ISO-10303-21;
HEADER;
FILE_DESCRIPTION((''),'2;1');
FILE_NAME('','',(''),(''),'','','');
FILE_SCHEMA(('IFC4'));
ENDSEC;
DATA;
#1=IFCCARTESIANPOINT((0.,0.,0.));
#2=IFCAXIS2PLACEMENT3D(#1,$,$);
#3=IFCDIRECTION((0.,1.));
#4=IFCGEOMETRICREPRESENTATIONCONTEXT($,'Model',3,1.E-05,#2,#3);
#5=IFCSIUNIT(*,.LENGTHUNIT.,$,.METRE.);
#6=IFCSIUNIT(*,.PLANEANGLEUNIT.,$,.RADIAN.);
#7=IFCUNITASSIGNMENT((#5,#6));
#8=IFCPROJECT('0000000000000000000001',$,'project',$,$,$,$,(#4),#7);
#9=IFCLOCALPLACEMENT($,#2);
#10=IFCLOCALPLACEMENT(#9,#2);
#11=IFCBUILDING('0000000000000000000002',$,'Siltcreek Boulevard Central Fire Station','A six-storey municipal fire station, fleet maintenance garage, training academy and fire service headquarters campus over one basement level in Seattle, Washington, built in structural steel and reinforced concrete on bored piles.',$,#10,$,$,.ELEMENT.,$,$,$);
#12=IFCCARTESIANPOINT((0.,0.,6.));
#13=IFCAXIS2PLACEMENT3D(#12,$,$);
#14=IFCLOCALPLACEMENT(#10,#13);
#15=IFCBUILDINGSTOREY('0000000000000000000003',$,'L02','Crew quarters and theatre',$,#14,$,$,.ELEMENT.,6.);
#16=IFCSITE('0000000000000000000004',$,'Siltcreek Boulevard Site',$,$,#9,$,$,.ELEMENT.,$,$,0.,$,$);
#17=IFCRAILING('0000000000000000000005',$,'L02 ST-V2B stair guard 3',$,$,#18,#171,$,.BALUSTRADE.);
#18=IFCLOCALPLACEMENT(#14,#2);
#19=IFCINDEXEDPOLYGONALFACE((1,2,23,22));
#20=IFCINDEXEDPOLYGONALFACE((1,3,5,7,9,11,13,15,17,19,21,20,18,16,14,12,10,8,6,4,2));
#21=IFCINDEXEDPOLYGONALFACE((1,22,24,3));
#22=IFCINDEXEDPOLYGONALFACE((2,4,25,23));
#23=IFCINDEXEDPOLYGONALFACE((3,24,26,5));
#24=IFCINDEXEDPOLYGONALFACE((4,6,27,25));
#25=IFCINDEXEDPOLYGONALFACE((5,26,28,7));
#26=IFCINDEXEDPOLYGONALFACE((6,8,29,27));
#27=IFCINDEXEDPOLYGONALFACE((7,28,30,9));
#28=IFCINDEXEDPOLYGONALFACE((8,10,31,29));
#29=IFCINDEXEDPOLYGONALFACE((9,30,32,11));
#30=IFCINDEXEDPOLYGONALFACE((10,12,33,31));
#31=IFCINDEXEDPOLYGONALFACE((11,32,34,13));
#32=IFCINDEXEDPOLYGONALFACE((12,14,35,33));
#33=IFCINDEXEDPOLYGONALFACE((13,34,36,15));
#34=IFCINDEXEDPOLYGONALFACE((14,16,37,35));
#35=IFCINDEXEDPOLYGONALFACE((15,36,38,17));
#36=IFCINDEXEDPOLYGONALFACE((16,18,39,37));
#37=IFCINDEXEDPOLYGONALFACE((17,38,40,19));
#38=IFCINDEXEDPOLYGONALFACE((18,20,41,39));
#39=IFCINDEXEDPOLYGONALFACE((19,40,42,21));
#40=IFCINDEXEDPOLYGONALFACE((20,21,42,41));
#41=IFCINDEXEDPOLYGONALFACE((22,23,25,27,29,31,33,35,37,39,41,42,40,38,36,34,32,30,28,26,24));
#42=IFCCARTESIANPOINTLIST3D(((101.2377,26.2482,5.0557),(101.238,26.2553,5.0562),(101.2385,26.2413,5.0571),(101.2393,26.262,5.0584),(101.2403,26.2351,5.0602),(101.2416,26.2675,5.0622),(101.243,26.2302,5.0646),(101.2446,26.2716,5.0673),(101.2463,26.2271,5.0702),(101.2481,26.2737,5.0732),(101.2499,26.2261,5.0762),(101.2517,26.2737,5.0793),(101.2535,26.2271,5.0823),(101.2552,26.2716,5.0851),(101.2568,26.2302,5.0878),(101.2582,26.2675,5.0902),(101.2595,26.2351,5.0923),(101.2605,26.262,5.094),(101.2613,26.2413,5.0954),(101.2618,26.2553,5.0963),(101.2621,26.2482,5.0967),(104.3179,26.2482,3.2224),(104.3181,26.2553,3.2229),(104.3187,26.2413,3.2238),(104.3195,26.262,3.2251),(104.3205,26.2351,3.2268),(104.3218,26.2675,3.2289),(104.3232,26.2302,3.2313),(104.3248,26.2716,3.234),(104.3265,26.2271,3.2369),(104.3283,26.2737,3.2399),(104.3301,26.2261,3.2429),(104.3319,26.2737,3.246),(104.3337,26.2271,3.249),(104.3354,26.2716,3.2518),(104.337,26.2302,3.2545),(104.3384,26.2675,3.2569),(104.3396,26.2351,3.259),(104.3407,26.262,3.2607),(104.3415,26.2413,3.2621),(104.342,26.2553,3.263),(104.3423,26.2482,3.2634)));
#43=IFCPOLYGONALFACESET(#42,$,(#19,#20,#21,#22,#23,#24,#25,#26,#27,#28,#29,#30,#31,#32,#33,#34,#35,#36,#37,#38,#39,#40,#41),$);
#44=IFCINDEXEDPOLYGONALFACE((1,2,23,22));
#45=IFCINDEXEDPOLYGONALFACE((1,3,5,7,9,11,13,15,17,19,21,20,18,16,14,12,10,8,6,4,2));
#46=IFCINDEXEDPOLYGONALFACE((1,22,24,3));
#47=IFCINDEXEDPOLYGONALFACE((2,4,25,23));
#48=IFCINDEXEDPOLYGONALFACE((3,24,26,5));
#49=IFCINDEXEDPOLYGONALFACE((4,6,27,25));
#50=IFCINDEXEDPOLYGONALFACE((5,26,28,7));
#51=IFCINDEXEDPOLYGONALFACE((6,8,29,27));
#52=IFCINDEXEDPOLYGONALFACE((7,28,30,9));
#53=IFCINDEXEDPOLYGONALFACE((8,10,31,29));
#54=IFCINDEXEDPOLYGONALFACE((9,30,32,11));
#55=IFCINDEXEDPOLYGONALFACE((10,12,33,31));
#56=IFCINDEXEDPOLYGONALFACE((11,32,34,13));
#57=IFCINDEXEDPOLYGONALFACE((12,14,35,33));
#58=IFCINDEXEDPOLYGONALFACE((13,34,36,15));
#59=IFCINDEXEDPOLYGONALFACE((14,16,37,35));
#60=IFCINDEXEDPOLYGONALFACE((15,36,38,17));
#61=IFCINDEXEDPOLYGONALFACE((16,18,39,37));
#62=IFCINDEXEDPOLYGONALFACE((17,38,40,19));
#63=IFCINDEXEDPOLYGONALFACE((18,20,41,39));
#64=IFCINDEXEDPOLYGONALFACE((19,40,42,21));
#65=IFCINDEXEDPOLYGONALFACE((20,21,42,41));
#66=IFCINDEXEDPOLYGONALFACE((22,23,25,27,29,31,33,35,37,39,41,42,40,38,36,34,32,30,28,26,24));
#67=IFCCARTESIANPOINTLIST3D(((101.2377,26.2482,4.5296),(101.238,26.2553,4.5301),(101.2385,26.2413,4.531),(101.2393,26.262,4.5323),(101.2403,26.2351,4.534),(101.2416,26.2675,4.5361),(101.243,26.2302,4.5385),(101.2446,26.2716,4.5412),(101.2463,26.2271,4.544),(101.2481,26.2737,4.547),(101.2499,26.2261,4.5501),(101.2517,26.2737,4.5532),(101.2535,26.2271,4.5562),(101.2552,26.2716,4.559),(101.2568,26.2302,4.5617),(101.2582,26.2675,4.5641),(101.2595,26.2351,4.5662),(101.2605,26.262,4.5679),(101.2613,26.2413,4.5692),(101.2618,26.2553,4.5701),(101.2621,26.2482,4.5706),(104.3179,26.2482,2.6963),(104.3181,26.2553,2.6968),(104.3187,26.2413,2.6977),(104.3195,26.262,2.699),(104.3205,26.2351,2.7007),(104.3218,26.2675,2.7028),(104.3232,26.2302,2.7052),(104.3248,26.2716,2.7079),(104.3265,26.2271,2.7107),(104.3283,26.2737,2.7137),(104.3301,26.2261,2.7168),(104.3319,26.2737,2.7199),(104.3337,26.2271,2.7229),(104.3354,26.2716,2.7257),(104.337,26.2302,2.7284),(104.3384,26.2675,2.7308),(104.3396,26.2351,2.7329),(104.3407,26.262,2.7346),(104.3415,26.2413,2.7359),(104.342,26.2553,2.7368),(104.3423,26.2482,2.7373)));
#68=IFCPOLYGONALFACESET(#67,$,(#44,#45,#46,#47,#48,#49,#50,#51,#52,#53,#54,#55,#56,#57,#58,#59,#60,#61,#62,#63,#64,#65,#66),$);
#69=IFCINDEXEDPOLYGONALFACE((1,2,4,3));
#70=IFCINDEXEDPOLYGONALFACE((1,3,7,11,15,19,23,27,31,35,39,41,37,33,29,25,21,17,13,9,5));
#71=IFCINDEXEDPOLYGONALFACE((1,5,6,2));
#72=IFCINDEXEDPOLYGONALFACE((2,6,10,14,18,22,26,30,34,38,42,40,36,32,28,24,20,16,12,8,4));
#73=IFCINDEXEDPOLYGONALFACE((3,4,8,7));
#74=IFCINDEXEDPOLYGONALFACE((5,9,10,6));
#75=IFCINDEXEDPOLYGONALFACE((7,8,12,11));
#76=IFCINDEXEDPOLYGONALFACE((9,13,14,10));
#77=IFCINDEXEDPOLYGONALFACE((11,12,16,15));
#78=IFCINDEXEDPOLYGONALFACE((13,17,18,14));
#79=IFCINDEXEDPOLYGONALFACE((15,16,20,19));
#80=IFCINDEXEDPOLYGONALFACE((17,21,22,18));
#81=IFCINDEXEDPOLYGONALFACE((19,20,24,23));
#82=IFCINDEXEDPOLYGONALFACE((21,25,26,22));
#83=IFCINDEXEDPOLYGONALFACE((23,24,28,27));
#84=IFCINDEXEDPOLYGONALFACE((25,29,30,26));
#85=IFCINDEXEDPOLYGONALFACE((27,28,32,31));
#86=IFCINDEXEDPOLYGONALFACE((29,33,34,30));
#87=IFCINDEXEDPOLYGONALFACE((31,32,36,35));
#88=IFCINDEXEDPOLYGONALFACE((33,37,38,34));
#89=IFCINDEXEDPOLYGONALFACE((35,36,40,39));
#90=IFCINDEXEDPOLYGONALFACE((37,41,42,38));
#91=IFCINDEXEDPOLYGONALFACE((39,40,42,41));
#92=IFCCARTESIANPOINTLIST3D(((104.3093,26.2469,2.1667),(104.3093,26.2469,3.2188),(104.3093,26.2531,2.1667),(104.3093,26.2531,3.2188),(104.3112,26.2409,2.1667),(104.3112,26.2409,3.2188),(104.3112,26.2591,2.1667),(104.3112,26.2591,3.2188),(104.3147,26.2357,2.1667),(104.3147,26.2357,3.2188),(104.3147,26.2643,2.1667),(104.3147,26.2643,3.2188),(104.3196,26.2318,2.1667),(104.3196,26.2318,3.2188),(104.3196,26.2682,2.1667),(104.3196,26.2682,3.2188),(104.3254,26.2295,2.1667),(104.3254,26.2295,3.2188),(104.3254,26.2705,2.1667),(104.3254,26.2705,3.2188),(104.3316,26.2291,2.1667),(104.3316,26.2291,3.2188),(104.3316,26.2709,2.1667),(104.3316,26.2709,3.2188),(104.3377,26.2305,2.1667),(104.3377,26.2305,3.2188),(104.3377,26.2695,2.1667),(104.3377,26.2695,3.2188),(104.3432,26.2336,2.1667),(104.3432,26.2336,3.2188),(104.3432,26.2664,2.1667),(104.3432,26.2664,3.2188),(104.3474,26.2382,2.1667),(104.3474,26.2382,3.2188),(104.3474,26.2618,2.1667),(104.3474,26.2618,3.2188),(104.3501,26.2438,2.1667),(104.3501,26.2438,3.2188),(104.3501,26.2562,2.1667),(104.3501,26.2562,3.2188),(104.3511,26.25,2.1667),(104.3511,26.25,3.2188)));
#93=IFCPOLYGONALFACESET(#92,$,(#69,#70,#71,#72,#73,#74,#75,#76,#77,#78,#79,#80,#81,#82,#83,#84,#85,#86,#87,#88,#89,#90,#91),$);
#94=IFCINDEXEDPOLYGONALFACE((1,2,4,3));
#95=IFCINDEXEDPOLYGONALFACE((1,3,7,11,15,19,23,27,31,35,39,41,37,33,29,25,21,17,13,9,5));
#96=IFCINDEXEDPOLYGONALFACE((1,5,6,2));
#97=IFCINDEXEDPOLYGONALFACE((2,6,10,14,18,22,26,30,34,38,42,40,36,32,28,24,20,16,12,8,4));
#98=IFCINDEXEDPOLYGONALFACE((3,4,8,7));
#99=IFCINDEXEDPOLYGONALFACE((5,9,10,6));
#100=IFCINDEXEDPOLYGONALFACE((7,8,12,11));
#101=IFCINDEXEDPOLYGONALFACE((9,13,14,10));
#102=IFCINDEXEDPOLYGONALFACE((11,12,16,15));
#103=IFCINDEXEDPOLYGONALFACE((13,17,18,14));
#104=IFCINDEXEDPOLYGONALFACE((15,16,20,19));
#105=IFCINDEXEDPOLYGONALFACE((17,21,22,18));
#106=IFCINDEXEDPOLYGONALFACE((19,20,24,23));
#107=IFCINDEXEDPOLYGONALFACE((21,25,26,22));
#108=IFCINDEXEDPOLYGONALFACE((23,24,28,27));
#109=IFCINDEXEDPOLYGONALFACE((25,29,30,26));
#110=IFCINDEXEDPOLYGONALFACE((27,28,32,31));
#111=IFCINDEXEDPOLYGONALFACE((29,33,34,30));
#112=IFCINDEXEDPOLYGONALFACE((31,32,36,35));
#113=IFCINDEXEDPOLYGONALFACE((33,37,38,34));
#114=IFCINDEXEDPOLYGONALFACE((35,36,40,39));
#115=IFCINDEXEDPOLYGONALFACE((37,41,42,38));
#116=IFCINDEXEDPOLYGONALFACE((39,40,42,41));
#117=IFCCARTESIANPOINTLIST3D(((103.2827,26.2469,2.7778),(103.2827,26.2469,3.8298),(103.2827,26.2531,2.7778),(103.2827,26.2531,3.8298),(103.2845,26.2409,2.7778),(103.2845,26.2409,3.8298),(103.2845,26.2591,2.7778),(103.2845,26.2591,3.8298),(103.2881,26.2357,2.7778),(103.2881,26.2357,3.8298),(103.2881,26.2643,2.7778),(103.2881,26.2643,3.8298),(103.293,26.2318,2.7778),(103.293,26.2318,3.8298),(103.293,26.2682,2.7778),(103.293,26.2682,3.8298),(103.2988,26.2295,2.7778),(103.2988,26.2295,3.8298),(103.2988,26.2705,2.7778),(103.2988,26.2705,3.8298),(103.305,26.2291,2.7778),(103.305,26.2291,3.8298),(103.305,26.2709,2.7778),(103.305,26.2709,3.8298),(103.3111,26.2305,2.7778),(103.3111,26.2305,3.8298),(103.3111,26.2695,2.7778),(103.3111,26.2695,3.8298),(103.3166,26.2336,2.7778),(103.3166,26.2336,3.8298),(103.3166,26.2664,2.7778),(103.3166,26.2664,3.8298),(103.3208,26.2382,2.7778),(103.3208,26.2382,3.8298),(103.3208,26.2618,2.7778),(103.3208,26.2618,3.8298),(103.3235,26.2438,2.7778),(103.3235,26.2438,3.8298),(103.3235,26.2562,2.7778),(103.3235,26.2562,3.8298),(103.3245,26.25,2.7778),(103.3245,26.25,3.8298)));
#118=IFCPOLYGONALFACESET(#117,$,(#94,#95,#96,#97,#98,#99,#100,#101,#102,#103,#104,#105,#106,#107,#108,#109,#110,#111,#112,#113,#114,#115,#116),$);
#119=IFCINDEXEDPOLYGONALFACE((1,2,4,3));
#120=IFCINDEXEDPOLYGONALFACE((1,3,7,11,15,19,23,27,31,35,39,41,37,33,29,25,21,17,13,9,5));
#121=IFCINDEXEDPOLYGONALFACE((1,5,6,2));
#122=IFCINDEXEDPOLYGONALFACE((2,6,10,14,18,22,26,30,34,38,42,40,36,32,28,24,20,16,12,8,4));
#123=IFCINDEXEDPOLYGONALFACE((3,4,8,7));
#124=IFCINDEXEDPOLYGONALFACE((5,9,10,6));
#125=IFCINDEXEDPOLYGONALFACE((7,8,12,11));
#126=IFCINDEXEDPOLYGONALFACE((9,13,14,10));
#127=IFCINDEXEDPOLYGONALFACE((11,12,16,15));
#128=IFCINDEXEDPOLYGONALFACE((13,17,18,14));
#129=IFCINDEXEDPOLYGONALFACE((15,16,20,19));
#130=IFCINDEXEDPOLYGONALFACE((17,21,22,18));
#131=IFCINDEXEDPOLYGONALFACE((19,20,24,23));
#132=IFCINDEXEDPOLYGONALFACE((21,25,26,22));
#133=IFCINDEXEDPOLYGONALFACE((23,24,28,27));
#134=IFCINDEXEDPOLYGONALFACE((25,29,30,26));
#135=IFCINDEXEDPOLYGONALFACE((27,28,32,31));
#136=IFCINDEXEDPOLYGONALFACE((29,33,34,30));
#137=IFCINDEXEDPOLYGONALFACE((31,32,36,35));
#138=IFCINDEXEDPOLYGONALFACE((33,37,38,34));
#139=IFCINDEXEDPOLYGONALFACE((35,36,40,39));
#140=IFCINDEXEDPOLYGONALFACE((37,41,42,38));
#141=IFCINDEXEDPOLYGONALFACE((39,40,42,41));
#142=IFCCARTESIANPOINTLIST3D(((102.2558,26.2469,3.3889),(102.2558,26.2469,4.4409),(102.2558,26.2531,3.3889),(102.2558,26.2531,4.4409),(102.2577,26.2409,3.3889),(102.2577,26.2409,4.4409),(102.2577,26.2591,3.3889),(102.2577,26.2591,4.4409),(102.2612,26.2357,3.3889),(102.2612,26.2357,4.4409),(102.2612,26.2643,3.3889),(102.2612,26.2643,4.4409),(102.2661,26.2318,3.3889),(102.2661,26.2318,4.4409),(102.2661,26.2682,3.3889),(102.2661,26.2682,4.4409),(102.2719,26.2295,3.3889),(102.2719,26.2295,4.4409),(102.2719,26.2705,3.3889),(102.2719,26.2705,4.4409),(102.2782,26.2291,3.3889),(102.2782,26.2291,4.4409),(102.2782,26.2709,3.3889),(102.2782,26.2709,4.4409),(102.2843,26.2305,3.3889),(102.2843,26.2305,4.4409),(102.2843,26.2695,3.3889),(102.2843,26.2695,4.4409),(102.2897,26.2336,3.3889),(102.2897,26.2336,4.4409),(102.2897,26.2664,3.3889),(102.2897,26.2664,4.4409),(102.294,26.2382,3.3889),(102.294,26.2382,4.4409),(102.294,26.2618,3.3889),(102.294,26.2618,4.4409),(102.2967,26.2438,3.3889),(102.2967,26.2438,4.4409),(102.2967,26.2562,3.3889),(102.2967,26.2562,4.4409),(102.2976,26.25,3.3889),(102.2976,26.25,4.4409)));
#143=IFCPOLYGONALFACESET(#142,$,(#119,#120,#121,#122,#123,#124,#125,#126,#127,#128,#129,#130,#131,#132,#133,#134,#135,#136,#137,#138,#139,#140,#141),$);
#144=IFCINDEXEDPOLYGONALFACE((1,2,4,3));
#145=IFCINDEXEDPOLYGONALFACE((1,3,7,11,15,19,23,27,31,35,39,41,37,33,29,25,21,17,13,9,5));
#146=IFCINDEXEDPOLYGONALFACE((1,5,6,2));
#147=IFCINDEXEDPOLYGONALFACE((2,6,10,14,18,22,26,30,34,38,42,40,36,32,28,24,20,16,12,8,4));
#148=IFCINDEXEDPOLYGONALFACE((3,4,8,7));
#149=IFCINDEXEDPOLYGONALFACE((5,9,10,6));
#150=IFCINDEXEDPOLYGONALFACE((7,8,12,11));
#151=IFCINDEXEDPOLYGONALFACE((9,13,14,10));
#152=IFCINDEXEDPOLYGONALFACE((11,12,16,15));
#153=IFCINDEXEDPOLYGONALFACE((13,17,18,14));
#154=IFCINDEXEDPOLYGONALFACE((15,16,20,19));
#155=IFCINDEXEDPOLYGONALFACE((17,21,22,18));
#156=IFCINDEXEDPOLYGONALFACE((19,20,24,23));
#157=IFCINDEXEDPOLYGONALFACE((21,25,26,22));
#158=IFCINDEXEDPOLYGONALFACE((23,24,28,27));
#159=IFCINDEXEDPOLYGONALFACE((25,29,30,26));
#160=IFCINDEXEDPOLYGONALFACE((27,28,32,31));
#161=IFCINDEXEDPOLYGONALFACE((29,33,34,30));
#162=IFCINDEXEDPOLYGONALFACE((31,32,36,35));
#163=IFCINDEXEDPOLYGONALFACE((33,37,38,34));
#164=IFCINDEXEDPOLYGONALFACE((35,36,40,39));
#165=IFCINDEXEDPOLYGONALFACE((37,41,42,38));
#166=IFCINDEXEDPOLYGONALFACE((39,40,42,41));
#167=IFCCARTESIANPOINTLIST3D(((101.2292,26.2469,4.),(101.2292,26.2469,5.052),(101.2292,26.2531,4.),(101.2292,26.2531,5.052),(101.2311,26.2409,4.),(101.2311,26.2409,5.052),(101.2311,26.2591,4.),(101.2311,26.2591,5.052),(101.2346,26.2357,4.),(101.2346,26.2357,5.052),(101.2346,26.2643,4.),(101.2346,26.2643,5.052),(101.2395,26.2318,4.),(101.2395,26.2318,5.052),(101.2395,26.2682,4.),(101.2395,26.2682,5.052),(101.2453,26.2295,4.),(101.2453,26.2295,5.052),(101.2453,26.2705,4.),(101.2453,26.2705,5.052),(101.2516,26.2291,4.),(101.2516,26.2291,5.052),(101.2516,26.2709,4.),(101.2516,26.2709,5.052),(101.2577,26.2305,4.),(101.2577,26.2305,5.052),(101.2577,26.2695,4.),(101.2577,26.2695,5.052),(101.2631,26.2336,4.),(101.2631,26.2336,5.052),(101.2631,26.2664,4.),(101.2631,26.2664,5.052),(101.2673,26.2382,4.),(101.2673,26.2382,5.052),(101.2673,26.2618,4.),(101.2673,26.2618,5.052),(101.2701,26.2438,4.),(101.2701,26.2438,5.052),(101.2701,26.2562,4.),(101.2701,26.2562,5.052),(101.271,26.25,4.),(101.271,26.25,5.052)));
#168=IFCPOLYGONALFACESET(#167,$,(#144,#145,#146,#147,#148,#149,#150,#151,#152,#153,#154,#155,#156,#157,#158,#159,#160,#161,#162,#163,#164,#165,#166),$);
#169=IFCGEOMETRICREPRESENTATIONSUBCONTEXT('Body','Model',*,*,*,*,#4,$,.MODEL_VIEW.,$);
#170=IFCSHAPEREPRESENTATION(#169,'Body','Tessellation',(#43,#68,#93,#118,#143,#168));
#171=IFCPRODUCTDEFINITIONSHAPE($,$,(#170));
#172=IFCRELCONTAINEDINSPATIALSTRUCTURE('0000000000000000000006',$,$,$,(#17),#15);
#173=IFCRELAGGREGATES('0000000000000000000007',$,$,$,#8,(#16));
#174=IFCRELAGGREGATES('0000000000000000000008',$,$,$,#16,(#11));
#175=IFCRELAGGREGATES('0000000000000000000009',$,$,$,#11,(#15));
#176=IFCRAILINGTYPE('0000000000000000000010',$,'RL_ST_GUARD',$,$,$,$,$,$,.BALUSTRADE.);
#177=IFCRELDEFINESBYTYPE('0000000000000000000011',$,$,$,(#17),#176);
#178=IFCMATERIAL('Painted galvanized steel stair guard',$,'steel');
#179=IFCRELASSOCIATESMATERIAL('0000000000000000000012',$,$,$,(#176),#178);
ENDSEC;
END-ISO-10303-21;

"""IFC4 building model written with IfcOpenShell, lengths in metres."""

from ifc_helpers import new_model, si_unit, direction, frame, origin, origin_2d, place, context, subcontext, project, spatial, circle, extrude, material, type_object, element, save


model = new_model("IFC4")

# Units and contexts
model_context = context("Model", 3, precision=1e-05, world=origin(), true_north=direction((0.0, 1.0)))
body_context = subcontext(model_context, "Body", "Model", "MODEL_VIEW")
ifc_project = project(units=[si_unit("LENGTHUNIT", "METRE"), si_unit("PLANEANGLEUNIT", "RADIAN")], contexts=[model_context])

# Site, building, storey
site_placement = place(None, origin())
site = spatial("IfcSite", under=ifc_project, at=site_placement, Name="Siltcreek Boulevard Site", CompositionType="ELEMENT", RefElevation=0.0)
building_placement = place(site_placement, origin())
building = spatial("IfcBuilding", under=site, at=building_placement, Name="Siltcreek Boulevard Central Fire Station", Description="A six-storey municipal fire station, fleet maintenance garage, training academy and fire service headquarters campus over one basement level in Seattle, Washington, built in structural steel and reinforced concrete on bored piles.", CompositionType="ELEMENT")
storey_placement = place(building_placement, frame((0.0, 0.0, 6.0)))
storey = spatial("IfcBuildingStorey", under=building, at=storey_placement, Name="L02", Description="Crew quarters and theatre", CompositionType="ELEMENT", Elevation=6.0)

# Railing
ifc_material_1 = material(Name="Painted galvanized steel stair guard", Category="steel")
railing_type_1 = type_object("IfcRailingType", Name="RL_ST_GUARD", PredefinedType="BALUSTRADE", material=ifc_material_1)
railing_1_placement = place(storey_placement, frame((104.3301, 26.25, 2.1667)))
element("IfcRailing", 1, at=railing_1_placement, inside=storey, type_object=railing_type_1, Name="L02 ST-V2B stair guard 3", PredefinedType="BALUSTRADE", context=body_context, shape_type="SweptSolid", body=[
    extrude(circle(Radius=0.0239, at=origin_2d()), frame((0.0, 0.0, 1.0762), z_axis=(-0.859309, 0.0, 0.511458), x_axis=(0.0, -1.0, 0.0)), (0.0, 0.0, 1.0), 3.5845),
    extrude(circle(Radius=0.0239, at=origin_2d()), frame((0.0, 0.0, 0.55), z_axis=(-0.859309, 0.0, 0.511458), x_axis=(0.0, -1.0, 0.0)), (0.0, 0.0, 1.0), 3.5845),
    extrude(circle(Radius=0.021, at=origin_2d()), origin(), (0.0, 0.0, 1.0), 1.052),
    extrude(circle(Radius=0.021, at=origin_2d()), frame((-1.0266, 0.0, 0.6111)), (0.0, 0.0, 1.0), 1.052),
    extrude(circle(Radius=0.021, at=origin_2d()), frame((-2.0535, 0.0, 1.2222)), (0.0, 0.0, 1.0), 1.052),
    extrude(circle(Radius=0.021, at=origin_2d()), frame((-3.0801, 0.0, 1.8333)), (0.0, 0.0, 1.0), 1.052),
])

save(model, "model.ifc")
